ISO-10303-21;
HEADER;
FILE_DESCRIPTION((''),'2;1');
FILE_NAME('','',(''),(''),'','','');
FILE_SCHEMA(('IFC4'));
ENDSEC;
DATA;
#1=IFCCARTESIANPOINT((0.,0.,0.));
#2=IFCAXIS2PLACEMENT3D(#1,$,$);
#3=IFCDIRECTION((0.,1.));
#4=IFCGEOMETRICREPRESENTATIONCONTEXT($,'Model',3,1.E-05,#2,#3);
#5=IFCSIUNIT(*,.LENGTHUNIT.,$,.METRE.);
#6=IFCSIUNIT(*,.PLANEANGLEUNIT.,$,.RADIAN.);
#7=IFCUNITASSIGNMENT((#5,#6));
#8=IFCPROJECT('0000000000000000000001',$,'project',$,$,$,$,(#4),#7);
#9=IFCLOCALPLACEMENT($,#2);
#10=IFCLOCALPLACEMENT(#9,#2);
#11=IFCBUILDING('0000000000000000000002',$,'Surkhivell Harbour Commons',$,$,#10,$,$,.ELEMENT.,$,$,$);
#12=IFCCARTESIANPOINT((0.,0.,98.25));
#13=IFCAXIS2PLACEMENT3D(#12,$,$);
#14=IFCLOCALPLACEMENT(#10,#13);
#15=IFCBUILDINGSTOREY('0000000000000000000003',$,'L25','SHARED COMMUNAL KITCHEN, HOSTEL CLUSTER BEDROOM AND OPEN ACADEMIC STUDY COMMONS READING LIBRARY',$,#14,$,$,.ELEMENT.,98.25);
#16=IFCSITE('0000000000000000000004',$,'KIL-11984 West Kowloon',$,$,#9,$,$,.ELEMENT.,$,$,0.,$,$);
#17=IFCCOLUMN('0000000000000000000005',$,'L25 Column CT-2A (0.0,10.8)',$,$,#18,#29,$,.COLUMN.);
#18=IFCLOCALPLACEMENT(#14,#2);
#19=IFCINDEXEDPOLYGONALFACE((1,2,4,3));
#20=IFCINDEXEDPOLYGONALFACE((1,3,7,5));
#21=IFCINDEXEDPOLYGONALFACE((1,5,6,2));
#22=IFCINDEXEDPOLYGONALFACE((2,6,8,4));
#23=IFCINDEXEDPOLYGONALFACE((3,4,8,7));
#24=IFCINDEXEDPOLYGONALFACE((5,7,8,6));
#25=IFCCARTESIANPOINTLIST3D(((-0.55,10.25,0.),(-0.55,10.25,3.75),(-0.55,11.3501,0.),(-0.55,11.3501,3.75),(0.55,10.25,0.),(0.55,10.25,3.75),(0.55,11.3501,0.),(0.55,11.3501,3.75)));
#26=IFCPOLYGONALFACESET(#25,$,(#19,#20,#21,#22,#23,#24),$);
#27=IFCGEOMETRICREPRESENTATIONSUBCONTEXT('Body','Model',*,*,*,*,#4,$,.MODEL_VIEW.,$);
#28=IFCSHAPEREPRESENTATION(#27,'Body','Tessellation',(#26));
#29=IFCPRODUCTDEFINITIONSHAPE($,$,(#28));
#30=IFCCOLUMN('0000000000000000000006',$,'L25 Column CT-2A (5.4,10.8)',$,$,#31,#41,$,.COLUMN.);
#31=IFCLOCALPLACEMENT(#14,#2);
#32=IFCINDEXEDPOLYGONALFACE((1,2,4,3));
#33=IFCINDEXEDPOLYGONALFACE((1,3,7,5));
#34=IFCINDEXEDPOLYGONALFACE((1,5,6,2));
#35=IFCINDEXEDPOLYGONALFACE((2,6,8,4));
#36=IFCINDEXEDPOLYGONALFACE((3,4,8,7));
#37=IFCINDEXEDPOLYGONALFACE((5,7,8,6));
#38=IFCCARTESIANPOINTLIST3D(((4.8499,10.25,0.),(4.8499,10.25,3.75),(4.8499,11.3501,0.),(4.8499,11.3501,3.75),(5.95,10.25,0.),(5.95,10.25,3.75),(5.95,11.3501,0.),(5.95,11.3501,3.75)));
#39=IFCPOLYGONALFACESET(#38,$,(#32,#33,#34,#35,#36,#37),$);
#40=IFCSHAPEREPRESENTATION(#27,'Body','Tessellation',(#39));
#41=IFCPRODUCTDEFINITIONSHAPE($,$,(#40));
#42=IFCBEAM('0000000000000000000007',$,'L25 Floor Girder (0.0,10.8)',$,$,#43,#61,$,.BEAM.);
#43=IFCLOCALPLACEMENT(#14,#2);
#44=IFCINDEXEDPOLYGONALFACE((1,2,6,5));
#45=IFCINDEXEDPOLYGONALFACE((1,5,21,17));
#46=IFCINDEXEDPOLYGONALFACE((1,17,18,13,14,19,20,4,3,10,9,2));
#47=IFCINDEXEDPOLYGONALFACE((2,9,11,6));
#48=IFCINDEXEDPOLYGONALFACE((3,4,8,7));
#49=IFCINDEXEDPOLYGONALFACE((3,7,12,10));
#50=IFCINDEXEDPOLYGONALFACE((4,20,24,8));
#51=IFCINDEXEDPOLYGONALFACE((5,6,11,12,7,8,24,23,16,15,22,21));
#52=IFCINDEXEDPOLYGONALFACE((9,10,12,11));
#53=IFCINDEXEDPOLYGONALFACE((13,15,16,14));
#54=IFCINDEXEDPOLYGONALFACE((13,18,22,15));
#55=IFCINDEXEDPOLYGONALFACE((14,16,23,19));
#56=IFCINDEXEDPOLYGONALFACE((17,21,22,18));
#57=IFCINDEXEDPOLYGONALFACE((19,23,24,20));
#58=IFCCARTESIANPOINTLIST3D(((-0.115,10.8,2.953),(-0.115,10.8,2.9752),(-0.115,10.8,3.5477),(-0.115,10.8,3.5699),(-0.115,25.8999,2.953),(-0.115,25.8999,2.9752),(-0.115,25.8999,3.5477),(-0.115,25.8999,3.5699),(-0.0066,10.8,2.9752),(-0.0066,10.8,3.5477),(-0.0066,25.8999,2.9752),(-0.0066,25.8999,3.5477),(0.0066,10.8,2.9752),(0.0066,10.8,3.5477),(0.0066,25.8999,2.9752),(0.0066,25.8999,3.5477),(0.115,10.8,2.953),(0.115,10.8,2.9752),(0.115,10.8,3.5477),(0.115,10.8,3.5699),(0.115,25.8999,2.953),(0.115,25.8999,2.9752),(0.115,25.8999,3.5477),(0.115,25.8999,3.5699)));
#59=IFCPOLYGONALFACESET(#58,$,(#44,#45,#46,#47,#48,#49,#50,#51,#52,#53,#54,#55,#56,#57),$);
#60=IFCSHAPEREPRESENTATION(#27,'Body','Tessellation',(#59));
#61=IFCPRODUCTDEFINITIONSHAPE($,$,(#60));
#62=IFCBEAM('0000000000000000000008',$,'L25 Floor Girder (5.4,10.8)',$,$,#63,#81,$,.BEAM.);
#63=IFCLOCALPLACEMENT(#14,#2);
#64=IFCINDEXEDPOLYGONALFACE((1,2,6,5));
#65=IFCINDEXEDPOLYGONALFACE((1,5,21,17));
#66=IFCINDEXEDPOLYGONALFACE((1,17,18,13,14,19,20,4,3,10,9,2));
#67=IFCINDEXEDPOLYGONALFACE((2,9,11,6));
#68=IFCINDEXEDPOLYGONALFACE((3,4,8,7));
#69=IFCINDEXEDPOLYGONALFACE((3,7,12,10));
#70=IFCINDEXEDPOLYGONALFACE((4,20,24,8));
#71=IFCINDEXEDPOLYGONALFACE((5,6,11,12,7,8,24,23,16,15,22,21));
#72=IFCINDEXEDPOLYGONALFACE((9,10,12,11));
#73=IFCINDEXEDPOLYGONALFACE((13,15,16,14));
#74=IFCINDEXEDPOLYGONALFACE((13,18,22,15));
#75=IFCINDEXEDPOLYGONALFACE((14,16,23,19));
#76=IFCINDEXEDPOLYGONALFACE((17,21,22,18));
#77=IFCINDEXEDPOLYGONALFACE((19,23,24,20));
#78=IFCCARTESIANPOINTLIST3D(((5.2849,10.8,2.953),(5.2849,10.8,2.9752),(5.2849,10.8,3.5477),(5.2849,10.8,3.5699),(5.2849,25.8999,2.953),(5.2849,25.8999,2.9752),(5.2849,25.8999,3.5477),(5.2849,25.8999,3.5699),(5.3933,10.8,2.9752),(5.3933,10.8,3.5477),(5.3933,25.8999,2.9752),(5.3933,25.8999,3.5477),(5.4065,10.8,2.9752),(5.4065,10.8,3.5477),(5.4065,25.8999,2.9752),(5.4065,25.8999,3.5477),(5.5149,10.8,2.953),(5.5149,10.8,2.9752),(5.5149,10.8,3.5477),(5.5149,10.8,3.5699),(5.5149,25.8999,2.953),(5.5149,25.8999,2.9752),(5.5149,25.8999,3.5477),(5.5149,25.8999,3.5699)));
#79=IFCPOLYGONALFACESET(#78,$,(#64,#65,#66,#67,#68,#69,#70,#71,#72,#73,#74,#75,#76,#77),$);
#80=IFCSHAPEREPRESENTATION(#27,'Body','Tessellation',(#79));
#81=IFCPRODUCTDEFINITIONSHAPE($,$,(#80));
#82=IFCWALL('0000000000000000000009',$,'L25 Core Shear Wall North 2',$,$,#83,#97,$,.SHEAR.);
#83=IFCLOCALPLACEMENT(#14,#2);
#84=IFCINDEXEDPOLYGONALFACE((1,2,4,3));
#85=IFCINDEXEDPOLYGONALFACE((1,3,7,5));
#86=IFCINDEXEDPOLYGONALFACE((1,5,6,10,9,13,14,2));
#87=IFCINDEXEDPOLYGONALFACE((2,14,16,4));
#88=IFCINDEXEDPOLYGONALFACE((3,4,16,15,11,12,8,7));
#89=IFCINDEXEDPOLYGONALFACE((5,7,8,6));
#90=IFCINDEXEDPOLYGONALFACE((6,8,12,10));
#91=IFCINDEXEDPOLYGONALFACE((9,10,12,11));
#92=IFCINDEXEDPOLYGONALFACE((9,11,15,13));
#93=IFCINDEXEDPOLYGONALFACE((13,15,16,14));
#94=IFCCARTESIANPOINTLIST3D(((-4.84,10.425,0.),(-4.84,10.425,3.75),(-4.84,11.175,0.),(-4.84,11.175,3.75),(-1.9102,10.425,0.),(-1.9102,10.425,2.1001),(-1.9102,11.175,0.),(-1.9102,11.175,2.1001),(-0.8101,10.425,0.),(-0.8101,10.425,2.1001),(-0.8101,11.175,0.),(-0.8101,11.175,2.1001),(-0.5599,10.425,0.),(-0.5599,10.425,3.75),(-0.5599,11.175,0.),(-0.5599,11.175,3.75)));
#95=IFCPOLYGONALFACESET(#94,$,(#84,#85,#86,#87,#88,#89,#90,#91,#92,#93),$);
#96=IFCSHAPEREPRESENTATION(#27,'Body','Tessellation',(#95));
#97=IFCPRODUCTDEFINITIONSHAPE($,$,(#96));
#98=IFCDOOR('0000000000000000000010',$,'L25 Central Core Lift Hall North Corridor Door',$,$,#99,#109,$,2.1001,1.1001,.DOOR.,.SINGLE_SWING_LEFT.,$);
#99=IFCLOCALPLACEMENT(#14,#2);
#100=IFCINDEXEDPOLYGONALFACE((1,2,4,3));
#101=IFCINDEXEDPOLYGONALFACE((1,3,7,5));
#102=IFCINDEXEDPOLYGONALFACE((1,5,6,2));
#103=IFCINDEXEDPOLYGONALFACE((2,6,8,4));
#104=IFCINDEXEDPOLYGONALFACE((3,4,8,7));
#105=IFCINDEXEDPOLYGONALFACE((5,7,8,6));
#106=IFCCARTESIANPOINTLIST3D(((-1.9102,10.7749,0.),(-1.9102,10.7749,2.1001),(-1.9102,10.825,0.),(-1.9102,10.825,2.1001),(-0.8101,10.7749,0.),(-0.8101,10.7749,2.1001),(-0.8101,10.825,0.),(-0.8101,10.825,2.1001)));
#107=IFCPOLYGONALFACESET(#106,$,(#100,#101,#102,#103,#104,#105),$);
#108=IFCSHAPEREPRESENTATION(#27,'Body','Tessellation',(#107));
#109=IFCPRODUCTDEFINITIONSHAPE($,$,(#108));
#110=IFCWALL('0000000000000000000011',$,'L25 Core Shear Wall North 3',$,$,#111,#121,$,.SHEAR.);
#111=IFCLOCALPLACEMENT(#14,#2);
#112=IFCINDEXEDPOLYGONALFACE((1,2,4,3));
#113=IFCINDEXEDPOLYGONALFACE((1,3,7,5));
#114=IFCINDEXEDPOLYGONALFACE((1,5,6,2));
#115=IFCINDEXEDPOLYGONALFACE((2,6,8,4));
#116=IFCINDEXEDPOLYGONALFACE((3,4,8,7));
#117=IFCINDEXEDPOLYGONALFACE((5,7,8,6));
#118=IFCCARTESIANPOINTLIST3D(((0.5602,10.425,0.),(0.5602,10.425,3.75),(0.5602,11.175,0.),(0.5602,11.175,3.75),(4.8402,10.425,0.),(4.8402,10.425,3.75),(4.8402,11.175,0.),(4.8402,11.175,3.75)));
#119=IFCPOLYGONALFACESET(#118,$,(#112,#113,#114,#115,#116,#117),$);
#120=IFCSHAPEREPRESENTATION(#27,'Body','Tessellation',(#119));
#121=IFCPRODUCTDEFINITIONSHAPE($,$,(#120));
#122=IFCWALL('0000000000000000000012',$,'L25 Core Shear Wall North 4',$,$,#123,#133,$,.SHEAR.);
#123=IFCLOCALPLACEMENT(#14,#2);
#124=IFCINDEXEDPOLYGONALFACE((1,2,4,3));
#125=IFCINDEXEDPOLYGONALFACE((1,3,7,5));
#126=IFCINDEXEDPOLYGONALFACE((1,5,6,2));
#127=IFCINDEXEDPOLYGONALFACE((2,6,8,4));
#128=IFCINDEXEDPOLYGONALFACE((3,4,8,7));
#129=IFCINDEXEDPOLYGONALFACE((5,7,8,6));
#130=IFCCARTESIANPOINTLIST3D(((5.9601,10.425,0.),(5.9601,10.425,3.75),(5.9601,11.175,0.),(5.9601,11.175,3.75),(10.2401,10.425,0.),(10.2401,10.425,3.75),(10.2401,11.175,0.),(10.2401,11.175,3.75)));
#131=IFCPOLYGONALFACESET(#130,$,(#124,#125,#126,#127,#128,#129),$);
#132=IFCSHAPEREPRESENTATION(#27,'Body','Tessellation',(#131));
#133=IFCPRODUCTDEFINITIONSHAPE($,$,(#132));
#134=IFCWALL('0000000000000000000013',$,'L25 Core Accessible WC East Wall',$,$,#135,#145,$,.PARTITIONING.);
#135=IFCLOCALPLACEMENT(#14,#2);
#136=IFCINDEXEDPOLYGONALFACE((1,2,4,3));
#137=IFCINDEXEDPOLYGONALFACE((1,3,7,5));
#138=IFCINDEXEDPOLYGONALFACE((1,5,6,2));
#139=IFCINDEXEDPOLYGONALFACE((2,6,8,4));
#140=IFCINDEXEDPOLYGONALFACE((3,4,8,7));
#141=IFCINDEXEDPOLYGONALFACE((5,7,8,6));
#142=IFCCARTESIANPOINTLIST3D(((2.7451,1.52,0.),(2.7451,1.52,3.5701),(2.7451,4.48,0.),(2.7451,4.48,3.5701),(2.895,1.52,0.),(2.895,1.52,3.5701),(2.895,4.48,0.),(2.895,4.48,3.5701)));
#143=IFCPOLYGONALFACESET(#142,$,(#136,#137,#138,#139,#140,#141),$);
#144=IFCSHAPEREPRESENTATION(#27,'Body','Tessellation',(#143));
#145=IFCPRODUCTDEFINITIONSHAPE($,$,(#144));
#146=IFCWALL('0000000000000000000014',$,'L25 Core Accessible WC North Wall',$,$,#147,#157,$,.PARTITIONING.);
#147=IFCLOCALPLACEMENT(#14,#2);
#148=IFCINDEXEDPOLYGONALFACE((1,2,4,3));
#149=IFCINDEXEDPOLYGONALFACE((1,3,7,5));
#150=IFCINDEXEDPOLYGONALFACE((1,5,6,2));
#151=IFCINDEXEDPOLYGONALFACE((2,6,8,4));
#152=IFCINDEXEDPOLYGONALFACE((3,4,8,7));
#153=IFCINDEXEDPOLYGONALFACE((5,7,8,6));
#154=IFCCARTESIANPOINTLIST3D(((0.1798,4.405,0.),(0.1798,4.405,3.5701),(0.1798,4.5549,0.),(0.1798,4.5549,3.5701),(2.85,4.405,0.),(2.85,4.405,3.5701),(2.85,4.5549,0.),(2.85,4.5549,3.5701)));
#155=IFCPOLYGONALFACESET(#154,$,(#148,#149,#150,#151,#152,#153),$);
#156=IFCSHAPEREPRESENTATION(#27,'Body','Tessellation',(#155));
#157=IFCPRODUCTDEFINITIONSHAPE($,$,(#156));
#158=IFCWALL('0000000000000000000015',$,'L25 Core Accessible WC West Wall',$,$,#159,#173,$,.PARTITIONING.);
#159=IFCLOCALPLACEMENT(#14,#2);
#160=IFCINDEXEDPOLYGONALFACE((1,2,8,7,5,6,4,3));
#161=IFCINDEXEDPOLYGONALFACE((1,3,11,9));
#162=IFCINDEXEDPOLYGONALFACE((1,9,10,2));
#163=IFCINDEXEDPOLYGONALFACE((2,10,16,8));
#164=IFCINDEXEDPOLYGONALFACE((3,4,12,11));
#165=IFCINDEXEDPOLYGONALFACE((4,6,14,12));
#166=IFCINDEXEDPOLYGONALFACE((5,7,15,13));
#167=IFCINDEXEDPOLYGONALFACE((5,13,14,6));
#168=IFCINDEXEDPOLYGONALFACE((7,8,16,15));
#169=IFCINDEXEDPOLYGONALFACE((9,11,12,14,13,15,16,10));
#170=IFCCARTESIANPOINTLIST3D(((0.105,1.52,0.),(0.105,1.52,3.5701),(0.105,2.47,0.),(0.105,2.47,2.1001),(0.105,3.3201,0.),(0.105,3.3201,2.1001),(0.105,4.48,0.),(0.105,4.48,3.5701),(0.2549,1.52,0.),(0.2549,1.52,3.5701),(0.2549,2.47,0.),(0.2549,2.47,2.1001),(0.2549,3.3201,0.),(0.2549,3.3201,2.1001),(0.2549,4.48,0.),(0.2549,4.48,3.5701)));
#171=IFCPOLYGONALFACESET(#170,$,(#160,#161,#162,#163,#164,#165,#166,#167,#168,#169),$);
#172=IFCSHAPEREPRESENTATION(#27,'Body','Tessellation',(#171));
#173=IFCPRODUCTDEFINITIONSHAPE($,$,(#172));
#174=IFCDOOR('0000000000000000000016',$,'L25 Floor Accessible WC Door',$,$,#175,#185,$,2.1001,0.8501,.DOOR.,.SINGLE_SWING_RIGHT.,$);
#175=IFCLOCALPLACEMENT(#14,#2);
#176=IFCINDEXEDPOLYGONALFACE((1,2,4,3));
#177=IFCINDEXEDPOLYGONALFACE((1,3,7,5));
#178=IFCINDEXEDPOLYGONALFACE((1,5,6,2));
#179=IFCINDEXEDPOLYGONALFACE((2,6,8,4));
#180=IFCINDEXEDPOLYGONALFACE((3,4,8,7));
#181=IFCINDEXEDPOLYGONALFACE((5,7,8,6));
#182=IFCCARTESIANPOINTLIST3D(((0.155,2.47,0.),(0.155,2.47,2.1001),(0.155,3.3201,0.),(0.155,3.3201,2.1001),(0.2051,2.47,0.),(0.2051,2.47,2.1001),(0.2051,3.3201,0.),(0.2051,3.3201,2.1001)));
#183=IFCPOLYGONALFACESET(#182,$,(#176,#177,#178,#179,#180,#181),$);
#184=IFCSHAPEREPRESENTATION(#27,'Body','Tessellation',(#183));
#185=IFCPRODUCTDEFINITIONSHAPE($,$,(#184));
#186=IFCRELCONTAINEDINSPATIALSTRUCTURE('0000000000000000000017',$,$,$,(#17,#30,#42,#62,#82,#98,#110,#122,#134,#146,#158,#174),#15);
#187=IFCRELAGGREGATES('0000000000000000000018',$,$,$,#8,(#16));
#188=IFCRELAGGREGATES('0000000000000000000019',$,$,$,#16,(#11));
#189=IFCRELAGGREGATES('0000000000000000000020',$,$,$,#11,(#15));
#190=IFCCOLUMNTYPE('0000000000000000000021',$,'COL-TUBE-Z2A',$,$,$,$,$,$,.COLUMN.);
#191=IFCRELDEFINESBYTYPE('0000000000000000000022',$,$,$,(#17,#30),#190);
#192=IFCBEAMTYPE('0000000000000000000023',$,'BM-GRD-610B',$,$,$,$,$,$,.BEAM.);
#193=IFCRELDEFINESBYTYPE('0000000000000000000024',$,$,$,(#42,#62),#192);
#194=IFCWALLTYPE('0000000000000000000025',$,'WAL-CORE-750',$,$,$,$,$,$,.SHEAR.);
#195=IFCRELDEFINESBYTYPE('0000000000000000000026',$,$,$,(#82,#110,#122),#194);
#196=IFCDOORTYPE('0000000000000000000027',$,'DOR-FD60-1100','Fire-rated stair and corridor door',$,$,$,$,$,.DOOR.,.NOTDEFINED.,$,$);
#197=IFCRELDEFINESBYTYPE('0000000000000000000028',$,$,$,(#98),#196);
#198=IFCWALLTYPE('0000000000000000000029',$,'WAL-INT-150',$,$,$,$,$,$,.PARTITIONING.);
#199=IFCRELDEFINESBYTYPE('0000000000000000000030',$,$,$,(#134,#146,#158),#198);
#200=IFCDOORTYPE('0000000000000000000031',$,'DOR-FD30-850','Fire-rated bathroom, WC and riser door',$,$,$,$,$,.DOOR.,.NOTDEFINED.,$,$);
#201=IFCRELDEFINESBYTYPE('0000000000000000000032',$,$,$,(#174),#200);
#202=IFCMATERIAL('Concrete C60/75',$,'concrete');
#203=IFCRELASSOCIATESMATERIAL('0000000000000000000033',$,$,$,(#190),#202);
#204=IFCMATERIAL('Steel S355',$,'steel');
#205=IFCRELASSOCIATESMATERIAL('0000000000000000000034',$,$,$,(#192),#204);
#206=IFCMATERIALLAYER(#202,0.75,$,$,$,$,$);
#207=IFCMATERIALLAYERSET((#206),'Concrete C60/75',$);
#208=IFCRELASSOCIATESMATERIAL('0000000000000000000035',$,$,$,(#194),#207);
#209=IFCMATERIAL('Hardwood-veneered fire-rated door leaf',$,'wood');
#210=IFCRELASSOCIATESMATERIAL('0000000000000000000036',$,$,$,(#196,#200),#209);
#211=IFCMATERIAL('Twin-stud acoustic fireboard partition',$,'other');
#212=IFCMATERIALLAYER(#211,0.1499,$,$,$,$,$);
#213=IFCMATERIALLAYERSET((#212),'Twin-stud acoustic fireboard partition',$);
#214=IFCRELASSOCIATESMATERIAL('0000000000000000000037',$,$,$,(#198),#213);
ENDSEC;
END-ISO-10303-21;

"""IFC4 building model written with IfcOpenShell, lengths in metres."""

from ifc_helpers import new_model, si_unit, direction, frame, frame_2d, origin, origin_2d, place, context, subcontext, project, spatial, rectangle, i_section, extrude, material, layer, layer_set, material_profile, profile_set, type_object, element, fill, save


model = new_model("IFC4")

# Units and contexts
model_context = context("Model", 3, precision=1e-05, world=origin(), true_north=direction((0.0, 1.0)))
body_context = subcontext(model_context, "Body", "Model", "MODEL_VIEW")
ifc_project = project(units=[si_unit("LENGTHUNIT", "METRE"), si_unit("PLANEANGLEUNIT", "RADIAN")], contexts=[model_context])

# Site, building, storey
site_placement = place(None, origin())
site = spatial("IfcSite", under=ifc_project, at=site_placement, Name="KIL-11984 West Kowloon", CompositionType="ELEMENT", RefElevation=0.0)
building_placement = place(site_placement, origin())
building = spatial("IfcBuilding", under=site, at=building_placement, Name="Surkhivell Harbour Commons", CompositionType="ELEMENT")
storey_placement = place(building_placement, frame((0.0, 0.0, 98.25)))
storey = spatial("IfcBuildingStorey", under=building, at=storey_placement, Name="L25", Description="SHARED COMMUNAL KITCHEN, HOSTEL CLUSTER BEDROOM AND OPEN ACADEMIC STUDY COMMONS READING LIBRARY", CompositionType="ELEMENT", Elevation=98.25)

# Columns
ifc_material_1 = material(Name="Concrete C60/75", Category="concrete")
ifc_material_profile_1 = material_profile(ifc_material_1, rectangle(XDim=1.1001, YDim=1.1001, at=origin_2d()), Name="RC-COL-1100x1100")
ifc_profile_set_1 = profile_set([ifc_material_profile_1], Name="Concrete C60/75")
column_type = type_object("IfcColumnType", Name="COL-TUBE-Z2A", PredefinedType="COLUMN", material=ifc_profile_set_1)
for number, where, z_axis, x_axis, name in (
    (1, (0.0, 10.8, 0.0), (0.0, 0.0, 1.0), (1.0, 0.0, 0.0), "L25 Column CT-2A (0.0,10.8)"),
    (2, (5.3999, 10.8, 0.0), (0.0, 0.0, 1.0), (1.0, 0.0, 0.0), "L25 Column CT-2A (5.4,10.8)"),
):
    element("IfcColumn", number, at=place(storey_placement, frame(where, z_axis=z_axis, x_axis=x_axis)), inside=storey, type_object=column_type, Name=name, PredefinedType="COLUMN", context=body_context, shape_type="SweptSolid", body=[
        extrude(rectangle(XDim=1.1001, YDim=1.1001, at=origin_2d()), origin(), (0.0, 0.0, 1.0), 3.75),
    ])

# Beams
ifc_material_2 = material(Name="Steel S355", Category="steel")
ifc_material_profile_2 = material_profile(ifc_material_2, i_section(OverallWidth=0.23, OverallDepth=0.6169, WebThickness=0.0132, FlangeThickness=0.0222, at=origin_2d()), Name="UB610x229x140")
ifc_profile_set_2 = profile_set([ifc_material_profile_2], Name="Steel S355")
beam_type = type_object("IfcBeamType", Name="BM-GRD-610B", PredefinedType="BEAM", material=ifc_profile_set_2)
for number, where, z_axis, x_axis, name in (
    (3, (0.0, 10.8, 3.2615), (0.0, 1.0, 0.0), (-1.0, 0.0, 0.0), "L25 Floor Girder (0.0,10.8)"),
    (4, (5.3999, 10.8, 3.2615), (0.0, 1.0, 0.0), (-1.0, 0.0, 0.0), "L25 Floor Girder (5.4,10.8)"),
):
    element("IfcBeam", number, at=place(storey_placement, frame(where, z_axis=z_axis, x_axis=x_axis)), inside=storey, type_object=beam_type, Name=name, PredefinedType="BEAM", context=body_context, shape_type="SweptSolid", body=[
        extrude(i_section(OverallWidth=0.23, OverallDepth=0.6169, WebThickness=0.0132, FlangeThickness=0.0222, at=origin_2d()), origin(), (0.0, 0.0, 1.0), 15.0999),
    ])

# Wall, opening, door
ifc_layer_1 = layer(ifc_material_1, 0.75)
ifc_layer_set_1 = layer_set([ifc_layer_1], Name="Concrete C60/75")
wall_type_1 = type_object("IfcWallType", Name="WAL-CORE-750", PredefinedType="SHEAR", material=ifc_layer_set_1)
wall_1_placement = place(storey_placement, frame((-4.8401, 10.8, 0.0), z_axis=(0.0, 0.0, 1.0), x_axis=(1.0, 0.0, 0.0)))
wall_1 = element("IfcWall", 5, at=wall_1_placement, inside=storey, type_object=wall_type_1, Name="L25 Core Shear Wall North 2", PredefinedType="SHEAR", context=body_context, shape_type="SweptSolid", body=[
    extrude(rectangle(XDim=4.28, YDim=0.75, at=frame_2d((2.1401, 0.0))), origin(), (0.0, 0.0, 1.0), 3.75),
])
opening_1_placement = place(wall_1_placement, frame((2.9299, 0.0, 0.0)))
opening_1 = element("IfcOpeningElement", 6, at=opening_1_placement, cuts=wall_1, PredefinedType="OPENING", context=body_context, shape_type="SweptSolid", body=[
    extrude(rectangle(XDim=1.1001, YDim=2.1001, at=frame_2d((0.55, 1.05))), frame((0.0, 0.385, 0.0), z_axis=(0.0, -1.0, 0.0), x_axis=(1.0, 0.0, 0.0)), (0.0, 0.0, 1.0), 0.77),
])
ifc_material_3 = material(Name="Hardwood-veneered fire-rated door leaf", Category="wood")
door_type_1 = type_object("IfcDoorType", Name="DOR-FD60-1100", Description="Fire-rated stair and corridor door", OperationType="NOTDEFINED", PredefinedType="DOOR", material=ifc_material_3)
door_1_placement = place(opening_1_placement, origin())
door_1 = element("IfcDoor", 7, at=door_1_placement, inside=storey, type_object=door_type_1, Name="L25 Central Core Lift Hall North Corridor Door", OperationType="SINGLE_SWING_LEFT", OverallHeight=2.1001, OverallWidth=1.1001, PredefinedType="DOOR", context=body_context, shape_type="SweptSolid", body=[
    extrude(rectangle(XDim=1.1001, YDim=2.1001, at=frame_2d((0.55, 1.05))), frame((0.0, 0.0249, 0.0), z_axis=(0.0, -1.0, 0.0), x_axis=(1.0, 0.0, 0.0)), (0.0, 0.0, 1.0), 0.05),
])
fill(opening_1, door_1)

# Walls
for number, where, z_axis, x_axis, name in (
    (8, (0.5601, 10.8, 0.0), (0.0, 0.0, 1.0), (1.0, 0.0, 0.0), "L25 Core Shear Wall North 3"),
    (9, (5.96, 10.8, 0.0), (0.0, 0.0, 1.0), (1.0, 0.0, 0.0), "L25 Core Shear Wall North 4"),
):
    element("IfcWall", number, at=place(storey_placement, frame(where, z_axis=z_axis, x_axis=x_axis)), inside=storey, type_object=wall_type_1, Name=name, PredefinedType="SHEAR", context=body_context, shape_type="SweptSolid", body=[
        extrude(rectangle(XDim=4.28, YDim=0.75, at=frame_2d((2.1401, 0.0))), origin(), (0.0, 0.0, 1.0), 3.75),
    ])
ifc_material_4 = material(Name="Twin-stud acoustic fireboard partition", Category="other")
ifc_layer_2 = layer(ifc_material_4, 0.1499)
ifc_layer_set_2 = layer_set([ifc_layer_2], Name="Twin-stud acoustic fireboard partition")
wall_type_2 = type_object("IfcWallType", Name="WAL-INT-150", PredefinedType="PARTITIONING", material=ifc_layer_set_2)
wall_2_placement = place(storey_placement, frame((2.8201, 1.52, 0.0), z_axis=(0.0, 0.0, 1.0), x_axis=(0.0, 1.0, 0.0)))
element("IfcWall", 10, at=wall_2_placement, inside=storey, type_object=wall_type_2, Name="L25 Core Accessible WC East Wall", PredefinedType="PARTITIONING", context=body_context, shape_type="SweptSolid", body=[
    extrude(rectangle(XDim=2.96, YDim=0.1499, at=frame_2d((1.48, 0.0))), origin(), (0.0, 0.0, 1.0), 3.5701),
])
wall_3_placement = place(storey_placement, frame((0.1799, 4.48, 0.0), z_axis=(0.0, 0.0, 1.0), x_axis=(1.0, 0.0, 0.0)))
element("IfcWall", 11, at=wall_3_placement, inside=storey, type_object=wall_type_2, Name="L25 Core Accessible WC North Wall", PredefinedType="PARTITIONING", context=body_context, shape_type="SweptSolid", body=[
    extrude(rectangle(XDim=2.6702, YDim=0.1499, at=frame_2d((1.335, 0.0))), origin(), (0.0, 0.0, 1.0), 3.5701),
])

# Wall, opening, door
wall_4_placement = place(storey_placement, frame((0.1799, 1.52, 0.0), z_axis=(0.0, 0.0, 1.0), x_axis=(0.0, 1.0, 0.0)))
wall_4 = element("IfcWall", 12, at=wall_4_placement, inside=storey, type_object=wall_type_2, Name="L25 Core Accessible WC West Wall", PredefinedType="PARTITIONING", context=body_context, shape_type="SweptSolid", body=[
    extrude(rectangle(XDim=2.96, YDim=0.1499, at=frame_2d((1.48, 0.0))), origin(), (0.0, 0.0, 1.0), 3.5701),
])
opening_2_placement = place(wall_4_placement, frame((0.95, 0.0, 0.0)))
opening_2 = element("IfcOpeningElement", 13, at=opening_2_placement, cuts=wall_4, PredefinedType="OPENING", context=body_context, shape_type="SweptSolid", body=[
    extrude(rectangle(XDim=0.8501, YDim=2.1001, at=frame_2d((0.425, 1.05))), frame((0.0, 0.085, 0.0), z_axis=(0.0, -1.0, 0.0), x_axis=(1.0, 0.0, 0.0)), (0.0, 0.0, 1.0), 0.1699),
])
door_type_2 = type_object("IfcDoorType", Name="DOR-FD30-850", Description="Fire-rated bathroom, WC and riser door", OperationType="NOTDEFINED", PredefinedType="DOOR", material=ifc_material_3)
door_2_placement = place(opening_2_placement, origin())
door_2 = element("IfcDoor", 14, at=door_2_placement, inside=storey, type_object=door_type_2, Name="L25 Floor Accessible WC Door", OperationType="SINGLE_SWING_RIGHT", OverallHeight=2.1001, OverallWidth=0.8501, PredefinedType="DOOR", context=body_context, shape_type="SweptSolid", body=[
    extrude(rectangle(XDim=0.8501, YDim=2.1001, at=frame_2d((0.425, 1.05))), frame((0.0, 0.0249, 0.0), z_axis=(0.0, -1.0, 0.0), x_axis=(1.0, 0.0, 0.0)), (0.0, 0.0, 1.0), 0.05),
])
fill(opening_2, door_2)

save(model, "model.ifc")
